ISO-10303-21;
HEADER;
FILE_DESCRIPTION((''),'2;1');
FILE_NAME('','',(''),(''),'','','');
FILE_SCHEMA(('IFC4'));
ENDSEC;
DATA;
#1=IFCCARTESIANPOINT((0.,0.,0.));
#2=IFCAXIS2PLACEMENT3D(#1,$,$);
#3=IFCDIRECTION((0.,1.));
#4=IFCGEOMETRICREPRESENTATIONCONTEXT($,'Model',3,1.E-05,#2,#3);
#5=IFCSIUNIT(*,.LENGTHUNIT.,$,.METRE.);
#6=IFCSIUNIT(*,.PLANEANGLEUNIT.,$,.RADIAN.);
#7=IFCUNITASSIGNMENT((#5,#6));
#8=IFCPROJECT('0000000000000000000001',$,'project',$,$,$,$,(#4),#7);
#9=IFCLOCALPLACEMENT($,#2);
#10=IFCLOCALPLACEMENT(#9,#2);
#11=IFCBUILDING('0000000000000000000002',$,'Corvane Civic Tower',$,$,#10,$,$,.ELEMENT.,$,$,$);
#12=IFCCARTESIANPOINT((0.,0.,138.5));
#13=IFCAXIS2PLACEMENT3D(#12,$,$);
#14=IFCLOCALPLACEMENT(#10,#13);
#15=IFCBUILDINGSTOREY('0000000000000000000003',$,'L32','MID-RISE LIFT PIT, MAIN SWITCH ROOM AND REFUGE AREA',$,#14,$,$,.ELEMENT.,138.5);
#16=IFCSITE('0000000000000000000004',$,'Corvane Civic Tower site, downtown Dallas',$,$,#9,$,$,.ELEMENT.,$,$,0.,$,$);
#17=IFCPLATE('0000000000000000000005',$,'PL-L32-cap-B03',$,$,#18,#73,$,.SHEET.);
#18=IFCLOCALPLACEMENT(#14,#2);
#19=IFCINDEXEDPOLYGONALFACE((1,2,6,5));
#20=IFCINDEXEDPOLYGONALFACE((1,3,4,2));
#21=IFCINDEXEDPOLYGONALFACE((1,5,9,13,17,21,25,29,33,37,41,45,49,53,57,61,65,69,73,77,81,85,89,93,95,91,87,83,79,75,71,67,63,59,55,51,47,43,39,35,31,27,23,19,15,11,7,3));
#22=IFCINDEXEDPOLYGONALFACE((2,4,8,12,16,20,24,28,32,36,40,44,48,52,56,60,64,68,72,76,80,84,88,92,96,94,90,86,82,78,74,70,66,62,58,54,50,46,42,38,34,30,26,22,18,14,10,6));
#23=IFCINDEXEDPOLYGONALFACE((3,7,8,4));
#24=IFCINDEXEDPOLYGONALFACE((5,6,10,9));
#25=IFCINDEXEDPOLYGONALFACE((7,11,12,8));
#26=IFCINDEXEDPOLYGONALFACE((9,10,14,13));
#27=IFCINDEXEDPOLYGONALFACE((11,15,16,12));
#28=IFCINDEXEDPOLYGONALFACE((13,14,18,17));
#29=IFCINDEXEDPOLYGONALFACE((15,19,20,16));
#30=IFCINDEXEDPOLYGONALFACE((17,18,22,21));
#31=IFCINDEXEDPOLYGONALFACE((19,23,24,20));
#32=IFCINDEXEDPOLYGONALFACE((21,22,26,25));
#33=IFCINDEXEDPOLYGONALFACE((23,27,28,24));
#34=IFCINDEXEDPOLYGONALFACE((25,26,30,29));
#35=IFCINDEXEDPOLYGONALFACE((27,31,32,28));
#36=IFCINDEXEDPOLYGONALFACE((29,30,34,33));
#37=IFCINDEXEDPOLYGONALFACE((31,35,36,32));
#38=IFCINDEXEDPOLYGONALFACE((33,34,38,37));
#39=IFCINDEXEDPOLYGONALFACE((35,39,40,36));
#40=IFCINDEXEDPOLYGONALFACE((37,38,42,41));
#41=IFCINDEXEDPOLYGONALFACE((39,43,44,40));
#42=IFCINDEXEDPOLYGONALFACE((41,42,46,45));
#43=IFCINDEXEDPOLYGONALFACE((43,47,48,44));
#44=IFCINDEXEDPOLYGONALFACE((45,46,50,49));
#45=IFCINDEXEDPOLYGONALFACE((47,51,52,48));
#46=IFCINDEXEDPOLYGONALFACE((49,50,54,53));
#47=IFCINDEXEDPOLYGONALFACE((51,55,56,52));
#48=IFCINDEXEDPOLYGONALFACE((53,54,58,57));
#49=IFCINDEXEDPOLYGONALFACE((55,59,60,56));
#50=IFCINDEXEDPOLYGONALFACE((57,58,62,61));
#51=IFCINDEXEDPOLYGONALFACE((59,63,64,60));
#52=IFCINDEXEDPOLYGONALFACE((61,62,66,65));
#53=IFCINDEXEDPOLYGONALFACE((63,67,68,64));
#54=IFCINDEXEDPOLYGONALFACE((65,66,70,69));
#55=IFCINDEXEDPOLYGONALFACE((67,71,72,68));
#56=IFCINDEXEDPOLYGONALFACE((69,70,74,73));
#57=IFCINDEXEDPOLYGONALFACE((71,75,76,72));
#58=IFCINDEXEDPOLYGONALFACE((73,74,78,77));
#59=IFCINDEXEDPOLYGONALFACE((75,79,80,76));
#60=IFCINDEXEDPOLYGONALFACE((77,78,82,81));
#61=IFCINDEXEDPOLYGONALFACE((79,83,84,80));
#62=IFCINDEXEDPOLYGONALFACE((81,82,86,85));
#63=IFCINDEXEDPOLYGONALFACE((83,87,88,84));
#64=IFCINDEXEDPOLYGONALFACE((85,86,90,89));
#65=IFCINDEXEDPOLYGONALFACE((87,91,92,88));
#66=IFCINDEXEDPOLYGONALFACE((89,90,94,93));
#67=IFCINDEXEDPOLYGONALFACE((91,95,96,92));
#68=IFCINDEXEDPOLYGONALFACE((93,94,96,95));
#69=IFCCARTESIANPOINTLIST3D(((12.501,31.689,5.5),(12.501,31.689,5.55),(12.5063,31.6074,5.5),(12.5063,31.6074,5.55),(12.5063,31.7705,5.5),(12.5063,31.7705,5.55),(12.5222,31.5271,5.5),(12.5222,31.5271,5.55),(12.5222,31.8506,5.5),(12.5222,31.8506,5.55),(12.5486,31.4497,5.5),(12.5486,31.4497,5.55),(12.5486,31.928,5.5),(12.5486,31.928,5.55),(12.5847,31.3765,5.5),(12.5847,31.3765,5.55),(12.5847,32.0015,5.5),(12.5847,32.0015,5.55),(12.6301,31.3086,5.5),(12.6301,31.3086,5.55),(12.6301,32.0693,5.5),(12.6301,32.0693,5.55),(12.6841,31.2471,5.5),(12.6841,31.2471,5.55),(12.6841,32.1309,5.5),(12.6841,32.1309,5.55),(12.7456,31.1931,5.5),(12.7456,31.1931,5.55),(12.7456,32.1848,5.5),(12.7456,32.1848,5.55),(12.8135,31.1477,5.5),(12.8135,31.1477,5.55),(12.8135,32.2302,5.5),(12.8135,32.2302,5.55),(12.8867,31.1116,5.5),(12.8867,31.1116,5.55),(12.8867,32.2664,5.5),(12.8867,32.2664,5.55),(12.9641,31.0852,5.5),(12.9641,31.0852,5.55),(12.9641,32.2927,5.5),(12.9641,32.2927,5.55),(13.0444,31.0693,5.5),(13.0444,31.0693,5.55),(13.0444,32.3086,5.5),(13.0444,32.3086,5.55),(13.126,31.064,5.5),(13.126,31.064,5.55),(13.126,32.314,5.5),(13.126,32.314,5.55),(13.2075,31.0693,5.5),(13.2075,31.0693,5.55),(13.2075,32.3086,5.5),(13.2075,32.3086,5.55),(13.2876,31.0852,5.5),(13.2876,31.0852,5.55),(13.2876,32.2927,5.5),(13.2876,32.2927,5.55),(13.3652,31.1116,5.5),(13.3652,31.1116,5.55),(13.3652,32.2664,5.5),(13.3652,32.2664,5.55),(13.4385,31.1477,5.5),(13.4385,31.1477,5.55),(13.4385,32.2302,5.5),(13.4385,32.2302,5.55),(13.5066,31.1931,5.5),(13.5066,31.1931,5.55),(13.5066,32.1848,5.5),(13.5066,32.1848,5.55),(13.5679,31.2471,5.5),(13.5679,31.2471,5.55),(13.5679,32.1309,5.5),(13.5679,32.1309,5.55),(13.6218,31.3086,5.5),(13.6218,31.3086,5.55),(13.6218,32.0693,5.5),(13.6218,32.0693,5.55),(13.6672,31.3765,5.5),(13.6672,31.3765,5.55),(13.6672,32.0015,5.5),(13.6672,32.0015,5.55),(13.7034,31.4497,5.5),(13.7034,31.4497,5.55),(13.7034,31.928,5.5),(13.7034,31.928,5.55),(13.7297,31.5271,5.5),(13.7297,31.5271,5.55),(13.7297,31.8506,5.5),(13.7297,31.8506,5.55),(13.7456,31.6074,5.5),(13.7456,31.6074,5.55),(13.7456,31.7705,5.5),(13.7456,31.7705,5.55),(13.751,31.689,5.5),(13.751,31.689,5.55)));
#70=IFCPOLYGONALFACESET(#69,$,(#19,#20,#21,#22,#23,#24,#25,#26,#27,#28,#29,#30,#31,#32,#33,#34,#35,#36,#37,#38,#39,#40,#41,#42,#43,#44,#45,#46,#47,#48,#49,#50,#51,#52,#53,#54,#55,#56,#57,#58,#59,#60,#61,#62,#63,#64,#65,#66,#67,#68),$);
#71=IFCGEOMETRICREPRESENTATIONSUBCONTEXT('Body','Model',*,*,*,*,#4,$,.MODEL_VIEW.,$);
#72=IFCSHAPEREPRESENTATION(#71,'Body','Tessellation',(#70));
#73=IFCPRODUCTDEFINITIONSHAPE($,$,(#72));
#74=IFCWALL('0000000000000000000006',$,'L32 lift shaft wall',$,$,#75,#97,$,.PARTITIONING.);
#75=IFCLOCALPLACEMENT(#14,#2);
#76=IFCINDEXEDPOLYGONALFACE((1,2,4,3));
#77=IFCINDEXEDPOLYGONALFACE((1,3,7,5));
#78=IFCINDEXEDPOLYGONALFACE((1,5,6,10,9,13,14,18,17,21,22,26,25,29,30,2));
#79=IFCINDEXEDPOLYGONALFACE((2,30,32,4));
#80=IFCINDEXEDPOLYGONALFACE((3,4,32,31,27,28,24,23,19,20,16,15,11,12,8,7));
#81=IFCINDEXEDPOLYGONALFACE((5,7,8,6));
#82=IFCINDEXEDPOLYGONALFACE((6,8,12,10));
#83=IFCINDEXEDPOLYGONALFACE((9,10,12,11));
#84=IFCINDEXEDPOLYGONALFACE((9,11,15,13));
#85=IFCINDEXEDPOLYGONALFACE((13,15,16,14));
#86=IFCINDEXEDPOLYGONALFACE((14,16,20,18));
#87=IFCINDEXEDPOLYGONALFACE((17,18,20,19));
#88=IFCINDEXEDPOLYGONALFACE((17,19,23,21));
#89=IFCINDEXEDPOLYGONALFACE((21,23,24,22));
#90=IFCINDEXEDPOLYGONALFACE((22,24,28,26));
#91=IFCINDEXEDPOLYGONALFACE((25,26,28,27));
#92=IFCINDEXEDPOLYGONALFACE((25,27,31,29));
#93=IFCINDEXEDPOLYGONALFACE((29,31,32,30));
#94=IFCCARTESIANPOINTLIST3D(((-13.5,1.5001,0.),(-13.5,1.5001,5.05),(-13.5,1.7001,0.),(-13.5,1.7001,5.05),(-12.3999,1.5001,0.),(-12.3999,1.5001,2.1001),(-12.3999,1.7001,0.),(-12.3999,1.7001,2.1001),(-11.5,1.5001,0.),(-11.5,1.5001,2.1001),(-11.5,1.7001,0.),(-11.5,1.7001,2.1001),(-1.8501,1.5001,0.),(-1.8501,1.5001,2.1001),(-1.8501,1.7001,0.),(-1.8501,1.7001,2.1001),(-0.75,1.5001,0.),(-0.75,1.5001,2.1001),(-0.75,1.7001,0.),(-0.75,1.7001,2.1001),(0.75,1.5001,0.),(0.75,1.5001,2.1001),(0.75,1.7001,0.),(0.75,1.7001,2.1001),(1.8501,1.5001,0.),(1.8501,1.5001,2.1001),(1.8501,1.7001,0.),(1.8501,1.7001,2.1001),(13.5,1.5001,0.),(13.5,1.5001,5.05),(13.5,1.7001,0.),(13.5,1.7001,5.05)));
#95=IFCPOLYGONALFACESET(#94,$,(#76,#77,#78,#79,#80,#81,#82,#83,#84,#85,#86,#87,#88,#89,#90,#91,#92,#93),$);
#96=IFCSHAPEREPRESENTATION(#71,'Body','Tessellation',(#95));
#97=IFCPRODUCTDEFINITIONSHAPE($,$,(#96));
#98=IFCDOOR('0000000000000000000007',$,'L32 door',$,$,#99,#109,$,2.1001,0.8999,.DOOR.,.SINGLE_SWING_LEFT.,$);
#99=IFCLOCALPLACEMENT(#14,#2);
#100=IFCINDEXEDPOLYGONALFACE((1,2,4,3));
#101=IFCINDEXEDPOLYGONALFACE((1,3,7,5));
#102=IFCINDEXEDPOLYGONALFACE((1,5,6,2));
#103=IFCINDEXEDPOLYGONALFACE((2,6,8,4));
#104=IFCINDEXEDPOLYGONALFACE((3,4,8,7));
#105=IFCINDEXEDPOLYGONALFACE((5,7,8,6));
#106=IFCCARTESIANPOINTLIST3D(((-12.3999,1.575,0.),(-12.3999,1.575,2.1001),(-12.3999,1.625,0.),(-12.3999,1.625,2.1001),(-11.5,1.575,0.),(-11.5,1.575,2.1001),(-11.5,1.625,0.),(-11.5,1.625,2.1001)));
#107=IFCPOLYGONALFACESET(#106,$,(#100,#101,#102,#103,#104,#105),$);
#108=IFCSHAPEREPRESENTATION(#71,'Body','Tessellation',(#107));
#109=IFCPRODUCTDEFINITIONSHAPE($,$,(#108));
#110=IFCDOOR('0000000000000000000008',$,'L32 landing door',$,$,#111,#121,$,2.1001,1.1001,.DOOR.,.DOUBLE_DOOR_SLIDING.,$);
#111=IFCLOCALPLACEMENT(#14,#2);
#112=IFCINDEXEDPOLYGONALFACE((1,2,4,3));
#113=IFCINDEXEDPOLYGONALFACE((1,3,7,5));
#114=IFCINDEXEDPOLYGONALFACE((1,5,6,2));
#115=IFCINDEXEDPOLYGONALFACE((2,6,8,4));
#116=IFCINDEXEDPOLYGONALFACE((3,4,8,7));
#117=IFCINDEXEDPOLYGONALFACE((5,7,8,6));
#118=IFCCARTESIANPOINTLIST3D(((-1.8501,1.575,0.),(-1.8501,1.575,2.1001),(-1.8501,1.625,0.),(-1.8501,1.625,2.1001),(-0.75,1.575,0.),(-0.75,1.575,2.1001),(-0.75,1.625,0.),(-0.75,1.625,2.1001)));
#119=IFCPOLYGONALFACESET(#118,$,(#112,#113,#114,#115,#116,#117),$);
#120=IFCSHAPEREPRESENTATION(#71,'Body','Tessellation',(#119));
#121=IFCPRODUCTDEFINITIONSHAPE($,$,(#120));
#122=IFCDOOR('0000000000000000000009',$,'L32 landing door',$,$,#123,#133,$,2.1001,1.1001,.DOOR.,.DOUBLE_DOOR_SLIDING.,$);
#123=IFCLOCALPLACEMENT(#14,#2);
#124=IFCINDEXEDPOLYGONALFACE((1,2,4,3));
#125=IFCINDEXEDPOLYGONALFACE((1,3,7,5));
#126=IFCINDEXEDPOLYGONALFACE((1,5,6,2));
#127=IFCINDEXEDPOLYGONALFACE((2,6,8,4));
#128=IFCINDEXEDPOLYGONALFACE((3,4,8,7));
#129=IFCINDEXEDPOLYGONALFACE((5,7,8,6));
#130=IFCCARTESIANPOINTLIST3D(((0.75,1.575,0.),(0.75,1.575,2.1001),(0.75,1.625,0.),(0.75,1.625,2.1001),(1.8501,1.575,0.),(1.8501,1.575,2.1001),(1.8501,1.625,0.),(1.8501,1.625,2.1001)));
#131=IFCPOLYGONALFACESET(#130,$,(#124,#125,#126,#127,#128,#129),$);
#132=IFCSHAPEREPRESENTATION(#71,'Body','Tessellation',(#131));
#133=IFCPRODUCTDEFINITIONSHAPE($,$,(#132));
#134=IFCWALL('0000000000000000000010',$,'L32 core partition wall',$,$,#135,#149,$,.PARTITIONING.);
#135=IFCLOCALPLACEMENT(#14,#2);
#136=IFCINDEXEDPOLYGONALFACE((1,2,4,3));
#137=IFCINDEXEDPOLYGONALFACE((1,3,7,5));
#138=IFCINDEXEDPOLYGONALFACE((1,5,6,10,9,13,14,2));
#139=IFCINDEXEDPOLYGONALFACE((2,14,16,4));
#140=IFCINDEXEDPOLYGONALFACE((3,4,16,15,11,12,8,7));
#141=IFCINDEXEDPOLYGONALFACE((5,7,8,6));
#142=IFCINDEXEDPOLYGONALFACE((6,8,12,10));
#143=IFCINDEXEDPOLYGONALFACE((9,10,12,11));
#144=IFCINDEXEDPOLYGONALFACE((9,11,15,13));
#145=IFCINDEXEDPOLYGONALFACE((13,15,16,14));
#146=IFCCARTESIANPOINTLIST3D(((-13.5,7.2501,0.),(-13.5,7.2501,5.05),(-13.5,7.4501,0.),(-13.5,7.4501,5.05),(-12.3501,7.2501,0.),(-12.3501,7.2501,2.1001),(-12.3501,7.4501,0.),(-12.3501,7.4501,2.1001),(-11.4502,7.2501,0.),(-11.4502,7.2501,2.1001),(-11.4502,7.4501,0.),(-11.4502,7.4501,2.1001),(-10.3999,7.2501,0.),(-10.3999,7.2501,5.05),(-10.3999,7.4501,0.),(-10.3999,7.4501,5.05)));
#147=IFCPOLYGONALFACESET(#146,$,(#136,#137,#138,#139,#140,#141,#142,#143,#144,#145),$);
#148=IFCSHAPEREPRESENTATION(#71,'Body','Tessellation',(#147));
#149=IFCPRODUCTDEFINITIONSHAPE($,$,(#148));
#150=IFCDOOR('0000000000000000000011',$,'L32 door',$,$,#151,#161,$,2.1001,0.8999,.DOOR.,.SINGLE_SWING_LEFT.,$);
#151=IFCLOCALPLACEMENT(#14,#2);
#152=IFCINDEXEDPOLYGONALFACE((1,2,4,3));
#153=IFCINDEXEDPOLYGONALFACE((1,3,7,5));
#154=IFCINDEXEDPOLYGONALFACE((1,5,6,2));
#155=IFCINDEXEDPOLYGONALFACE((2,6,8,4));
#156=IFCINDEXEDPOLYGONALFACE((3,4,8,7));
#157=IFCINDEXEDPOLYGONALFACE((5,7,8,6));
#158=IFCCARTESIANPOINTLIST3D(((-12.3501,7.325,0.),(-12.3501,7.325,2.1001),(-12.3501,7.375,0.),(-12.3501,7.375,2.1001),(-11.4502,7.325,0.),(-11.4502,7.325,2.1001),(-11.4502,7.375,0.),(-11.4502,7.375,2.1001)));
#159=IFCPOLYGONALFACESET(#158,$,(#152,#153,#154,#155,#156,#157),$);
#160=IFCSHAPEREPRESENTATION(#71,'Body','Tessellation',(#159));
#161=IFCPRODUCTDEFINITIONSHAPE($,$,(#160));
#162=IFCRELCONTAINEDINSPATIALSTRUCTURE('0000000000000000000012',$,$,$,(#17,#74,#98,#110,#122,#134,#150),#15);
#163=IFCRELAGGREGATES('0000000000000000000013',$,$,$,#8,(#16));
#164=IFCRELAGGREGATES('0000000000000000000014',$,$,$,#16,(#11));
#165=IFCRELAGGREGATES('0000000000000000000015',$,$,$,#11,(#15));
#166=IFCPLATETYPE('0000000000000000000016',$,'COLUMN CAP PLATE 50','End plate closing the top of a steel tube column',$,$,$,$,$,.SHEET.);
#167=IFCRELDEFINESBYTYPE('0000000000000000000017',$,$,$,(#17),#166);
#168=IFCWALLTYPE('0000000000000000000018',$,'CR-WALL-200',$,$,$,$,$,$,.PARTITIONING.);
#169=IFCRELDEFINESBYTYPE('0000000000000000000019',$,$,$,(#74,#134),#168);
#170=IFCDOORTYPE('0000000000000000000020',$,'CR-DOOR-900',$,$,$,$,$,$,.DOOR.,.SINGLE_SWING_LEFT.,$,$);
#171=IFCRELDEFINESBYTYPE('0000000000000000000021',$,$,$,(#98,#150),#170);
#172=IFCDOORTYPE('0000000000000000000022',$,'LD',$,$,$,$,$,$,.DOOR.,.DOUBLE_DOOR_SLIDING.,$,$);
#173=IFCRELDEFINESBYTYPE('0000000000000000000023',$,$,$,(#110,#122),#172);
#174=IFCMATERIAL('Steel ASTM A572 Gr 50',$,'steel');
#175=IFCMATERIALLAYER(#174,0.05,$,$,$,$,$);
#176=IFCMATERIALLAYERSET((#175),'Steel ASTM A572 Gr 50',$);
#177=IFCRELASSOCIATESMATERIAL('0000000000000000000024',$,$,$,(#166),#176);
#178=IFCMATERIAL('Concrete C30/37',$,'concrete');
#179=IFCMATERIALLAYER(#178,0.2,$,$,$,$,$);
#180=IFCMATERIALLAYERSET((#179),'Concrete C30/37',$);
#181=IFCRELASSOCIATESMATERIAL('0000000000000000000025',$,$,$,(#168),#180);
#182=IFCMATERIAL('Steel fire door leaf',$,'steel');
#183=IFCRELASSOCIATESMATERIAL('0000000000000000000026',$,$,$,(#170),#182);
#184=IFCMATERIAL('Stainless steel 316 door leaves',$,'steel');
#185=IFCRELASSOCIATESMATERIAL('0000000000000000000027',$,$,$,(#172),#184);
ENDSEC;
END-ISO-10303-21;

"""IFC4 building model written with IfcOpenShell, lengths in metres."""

from ifc_helpers import new_model, si_unit, direction, frame, frame_2d, origin, place, context, subcontext, project, spatial, polyline, rectangle, outline, extrude, material, layer, layer_set, type_object, element, fill, save


model = new_model("IFC4")

# Units and contexts
model_context = context("Model", 3, precision=1e-05, world=origin(), true_north=direction((0.0, 1.0)))
body_context = subcontext(model_context, "Body", "Model", "MODEL_VIEW")
ifc_project = project(units=[si_unit("LENGTHUNIT", "METRE"), si_unit("PLANEANGLEUNIT", "RADIAN")], contexts=[model_context])

# Site, building, storey
site_placement = place(None, origin())
site = spatial("IfcSite", under=ifc_project, at=site_placement, Name="Corvane Civic Tower site, downtown Dallas", CompositionType="ELEMENT", RefElevation=0.0)
building_placement = place(site_placement, origin())
building = spatial("IfcBuilding", under=site, at=building_placement, Name="Corvane Civic Tower", CompositionType="ELEMENT")
storey_placement = place(building_placement, frame((0.0, 0.0, 138.5)))
storey = spatial("IfcBuildingStorey", under=building, at=storey_placement, Name="L32", Description="MID-RISE LIFT PIT, MAIN SWITCH ROOM AND REFUGE AREA", CompositionType="ELEMENT", Elevation=138.5)

# Plate
ifc_material_1 = material(Name="Steel ASTM A572 Gr 50", Category="steel")
ifc_layer_1 = layer(ifc_material_1, 0.05)
ifc_layer_set_1 = layer_set([ifc_layer_1], Name="Steel ASTM A572 Gr 50")
plate_type = type_object("IfcPlateType", Name="COLUMN CAP PLATE 50", Description="End plate closing the top of a steel tube column", PredefinedType="SHEET", material=ifc_layer_set_1)
plate_1_placement = place(storey_placement, frame((0.0, 0.0, 5.5)))
element("IfcPlate", 1, at=plate_1_placement, inside=storey, type_object=plate_type, Name="PL-L32-cap-B03", PredefinedType="SHEET", context=body_context, shape_type="SweptSolid", body=[
    extrude(outline(polyline([(13.751, 31.689), (13.7456, 31.7705), (13.7297, 31.8506), (13.7034, 31.928), (13.6672, 32.0015), (13.6218, 32.0693), (13.5679, 32.1309), (13.5066, 32.1848), (13.4385, 32.2302), (13.3652, 32.2664), (13.2876, 32.2927), (13.2075, 32.3086), (13.126, 32.314), (13.0444, 32.3086), (12.9641, 32.2927), (12.8867, 32.2664), (12.8135, 32.2302), (12.7456, 32.1848), (12.6841, 32.1309), (12.6301, 32.0693), (12.5847, 32.0015), (12.5486, 31.928), (12.5222, 31.8506), (12.5063, 31.7705), (12.501, 31.689), (12.5063, 31.6074), (12.5222, 31.5271), (12.5486, 31.4497), (12.5847, 31.3765), (12.6301, 31.3086), (12.6841, 31.2471), (12.7456, 31.1931), (12.8135, 31.1477), (12.8867, 31.1116), (12.9641, 31.0852), (13.0444, 31.0693), (13.126, 31.064), (13.2075, 31.0693), (13.2876, 31.0852), (13.3652, 31.1116), (13.4385, 31.1477), (13.5066, 31.1931), (13.5679, 31.2471), (13.6218, 31.3086), (13.6672, 31.3765), (13.7034, 31.4497), (13.7297, 31.5271), (13.7456, 31.6074), (13.751, 31.689)])), origin(), (0.0, 0.0, 1.0), 0.05),
])

# Wall, openings, doors
ifc_material_2 = material(Name="Concrete C30/37", Category="concrete")
ifc_layer_2 = layer(ifc_material_2, 0.2)
ifc_layer_set_2 = layer_set([ifc_layer_2], Name="Concrete C30/37")
wall_type_1 = type_object("IfcWallType", Name="CR-WALL-200", PredefinedType="PARTITIONING", material=ifc_layer_set_2)
wall_1_placement = place(storey_placement, frame((-13.5, 1.6001, 0.0), z_axis=(0.0, 0.0, 1.0), x_axis=(1.0, 0.0, 0.0)))
wall_1 = element("IfcWall", 2, at=wall_1_placement, inside=storey, type_object=wall_type_1, Name="L32 lift shaft wall", PredefinedType="PARTITIONING", context=body_context, shape_type="SweptSolid", body=[
    extrude(rectangle(XDim=27.0, YDim=0.2, at=frame_2d((13.5, 0.0))), origin(), (0.0, 0.0, 1.0), 5.05),
])
opening_1_placement = place(wall_1_placement, frame((11.6499, 0.0, 0.0)))
opening_1 = element("IfcOpeningElement", 3, at=opening_1_placement, cuts=wall_1, PredefinedType="OPENING", context=body_context, shape_type="SweptSolid", body=[
    extrude(rectangle(XDim=1.1001, YDim=2.1001, at=frame_2d((0.55, 1.05))), frame((0.0, 0.1099, 0.0), z_axis=(0.0, -1.0, 0.0), x_axis=(1.0, 0.0, 0.0)), (0.0, 0.0, 1.0), 0.22),
])
opening_2_placement = place(wall_1_placement, frame((14.25, 0.0, 0.0)))
opening_2 = element("IfcOpeningElement", 4, at=opening_2_placement, cuts=wall_1, PredefinedType="OPENING", context=body_context, shape_type="SweptSolid", body=[
    extrude(rectangle(XDim=1.1001, YDim=2.1001, at=frame_2d((0.55, 1.05))), frame((0.0, 0.1099, 0.0), z_axis=(0.0, -1.0, 0.0), x_axis=(1.0, 0.0, 0.0)), (0.0, 0.0, 1.0), 0.22),
])
opening_3_placement = place(wall_1_placement, frame((1.1001, 0.0, 0.0)))
opening_3 = element("IfcOpeningElement", 5, at=opening_3_placement, cuts=wall_1, PredefinedType="OPENING", context=body_context, shape_type="SweptSolid", body=[
    extrude(rectangle(XDim=0.8999, YDim=2.1001, at=frame_2d((0.45, 1.05))), frame((0.0, 0.1099, 0.0), z_axis=(0.0, -1.0, 0.0), x_axis=(1.0, 0.0, 0.0)), (0.0, 0.0, 1.0), 0.22),
])
ifc_material_3 = material(Name="Steel fire door leaf", Category="steel")
door_type_1 = type_object("IfcDoorType", Name="CR-DOOR-900", OperationType="SINGLE_SWING_LEFT", PredefinedType="DOOR", material=ifc_material_3)
door_1_placement = place(opening_3_placement, origin())
door_1 = element("IfcDoor", 6, at=door_1_placement, inside=storey, type_object=door_type_1, Name="L32 door", OperationType="SINGLE_SWING_LEFT", OverallHeight=2.1001, OverallWidth=0.8999, PredefinedType="DOOR", context=body_context, shape_type="SweptSolid", body=[
    extrude(rectangle(XDim=0.8999, YDim=2.1001, at=frame_2d((0.45, 1.05))), frame((0.0, 0.0249, 0.0), z_axis=(0.0, -1.0, 0.0), x_axis=(1.0, 0.0, 0.0)), (0.0, 0.0, 1.0), 0.05),
])
fill(opening_3, door_1)
ifc_material_4 = material(Name="Stainless steel 316 door leaves", Category="steel")
door_type_2 = type_object("IfcDoorType", Name="LD", OperationType="DOUBLE_DOOR_SLIDING", PredefinedType="DOOR", material=ifc_material_4)
door_2_placement = place(opening_1_placement, origin())
door_2 = element("IfcDoor", 7, at=door_2_placement, inside=storey, type_object=door_type_2, Name="L32 landing door", OperationType="DOUBLE_DOOR_SLIDING", OverallHeight=2.1001, OverallWidth=1.1001, PredefinedType="DOOR", context=body_context, shape_type="SweptSolid", body=[
    extrude(rectangle(XDim=1.1001, YDim=2.1001, at=frame_2d((0.55, 1.05))), frame((0.0, 0.0249, 0.0), z_axis=(0.0, -1.0, 0.0), x_axis=(1.0, 0.0, 0.0)), (0.0, 0.0, 1.0), 0.05),
])
fill(opening_1, door_2)
door_3_placement = place(opening_2_placement, origin())
door_3 = element("IfcDoor", 8, at=door_3_placement, inside=storey, type_object=door_type_2, Name="L32 landing door", OperationType="DOUBLE_DOOR_SLIDING", OverallHeight=2.1001, OverallWidth=1.1001, PredefinedType="DOOR", context=body_context, shape_type="SweptSolid", body=[
    extrude(rectangle(XDim=1.1001, YDim=2.1001, at=frame_2d((0.55, 1.05))), frame((0.0, 0.0249, 0.0), z_axis=(0.0, -1.0, 0.0), x_axis=(1.0, 0.0, 0.0)), (0.0, 0.0, 1.0), 0.05),
])
fill(opening_2, door_3)

# Wall, opening, door
wall_2_placement = place(storey_placement, frame((-13.5, 7.3501, 0.0), z_axis=(0.0, 0.0, 1.0), x_axis=(1.0, 0.0, 0.0)))
wall_2 = element("IfcWall", 9, at=wall_2_placement, inside=storey, type_object=wall_type_1, Name="L32 core partition wall", PredefinedType="PARTITIONING", context=body_context, shape_type="SweptSolid", body=[
    extrude(rectangle(XDim=3.1001, YDim=0.2, at=frame_2d((1.55, 0.0))), origin(), (0.0, 0.0, 1.0), 5.05),
])
opening_4_placement = place(wall_2_placement, frame((1.1499, 0.0, 0.0)))
opening_4 = element("IfcOpeningElement", 10, at=opening_4_placement, cuts=wall_2, PredefinedType="OPENING", context=body_context, shape_type="SweptSolid", body=[
    extrude(rectangle(XDim=0.8999, YDim=2.1001, at=frame_2d((0.45, 1.05))), frame((0.0, 0.1099, 0.0), z_axis=(0.0, -1.0, 0.0), x_axis=(1.0, 0.0, 0.0)), (0.0, 0.0, 1.0), 0.22),
])
door_4_placement = place(opening_4_placement, origin())
door_4 = element("IfcDoor", 11, at=door_4_placement, inside=storey, type_object=door_type_1, Name="L32 door", OperationType="SINGLE_SWING_LEFT", OverallHeight=2.1001, OverallWidth=0.8999, PredefinedType="DOOR", context=body_context, shape_type="SweptSolid", body=[
    extrude(rectangle(XDim=0.8999, YDim=2.1001, at=frame_2d((0.45, 1.05))), frame((0.0, 0.0249, 0.0), z_axis=(0.0, -1.0, 0.0), x_axis=(1.0, 0.0, 0.0)), (0.0, 0.0, 1.0), 0.05),
])
fill(opening_4, door_4)

save(model, "model.ifc")
